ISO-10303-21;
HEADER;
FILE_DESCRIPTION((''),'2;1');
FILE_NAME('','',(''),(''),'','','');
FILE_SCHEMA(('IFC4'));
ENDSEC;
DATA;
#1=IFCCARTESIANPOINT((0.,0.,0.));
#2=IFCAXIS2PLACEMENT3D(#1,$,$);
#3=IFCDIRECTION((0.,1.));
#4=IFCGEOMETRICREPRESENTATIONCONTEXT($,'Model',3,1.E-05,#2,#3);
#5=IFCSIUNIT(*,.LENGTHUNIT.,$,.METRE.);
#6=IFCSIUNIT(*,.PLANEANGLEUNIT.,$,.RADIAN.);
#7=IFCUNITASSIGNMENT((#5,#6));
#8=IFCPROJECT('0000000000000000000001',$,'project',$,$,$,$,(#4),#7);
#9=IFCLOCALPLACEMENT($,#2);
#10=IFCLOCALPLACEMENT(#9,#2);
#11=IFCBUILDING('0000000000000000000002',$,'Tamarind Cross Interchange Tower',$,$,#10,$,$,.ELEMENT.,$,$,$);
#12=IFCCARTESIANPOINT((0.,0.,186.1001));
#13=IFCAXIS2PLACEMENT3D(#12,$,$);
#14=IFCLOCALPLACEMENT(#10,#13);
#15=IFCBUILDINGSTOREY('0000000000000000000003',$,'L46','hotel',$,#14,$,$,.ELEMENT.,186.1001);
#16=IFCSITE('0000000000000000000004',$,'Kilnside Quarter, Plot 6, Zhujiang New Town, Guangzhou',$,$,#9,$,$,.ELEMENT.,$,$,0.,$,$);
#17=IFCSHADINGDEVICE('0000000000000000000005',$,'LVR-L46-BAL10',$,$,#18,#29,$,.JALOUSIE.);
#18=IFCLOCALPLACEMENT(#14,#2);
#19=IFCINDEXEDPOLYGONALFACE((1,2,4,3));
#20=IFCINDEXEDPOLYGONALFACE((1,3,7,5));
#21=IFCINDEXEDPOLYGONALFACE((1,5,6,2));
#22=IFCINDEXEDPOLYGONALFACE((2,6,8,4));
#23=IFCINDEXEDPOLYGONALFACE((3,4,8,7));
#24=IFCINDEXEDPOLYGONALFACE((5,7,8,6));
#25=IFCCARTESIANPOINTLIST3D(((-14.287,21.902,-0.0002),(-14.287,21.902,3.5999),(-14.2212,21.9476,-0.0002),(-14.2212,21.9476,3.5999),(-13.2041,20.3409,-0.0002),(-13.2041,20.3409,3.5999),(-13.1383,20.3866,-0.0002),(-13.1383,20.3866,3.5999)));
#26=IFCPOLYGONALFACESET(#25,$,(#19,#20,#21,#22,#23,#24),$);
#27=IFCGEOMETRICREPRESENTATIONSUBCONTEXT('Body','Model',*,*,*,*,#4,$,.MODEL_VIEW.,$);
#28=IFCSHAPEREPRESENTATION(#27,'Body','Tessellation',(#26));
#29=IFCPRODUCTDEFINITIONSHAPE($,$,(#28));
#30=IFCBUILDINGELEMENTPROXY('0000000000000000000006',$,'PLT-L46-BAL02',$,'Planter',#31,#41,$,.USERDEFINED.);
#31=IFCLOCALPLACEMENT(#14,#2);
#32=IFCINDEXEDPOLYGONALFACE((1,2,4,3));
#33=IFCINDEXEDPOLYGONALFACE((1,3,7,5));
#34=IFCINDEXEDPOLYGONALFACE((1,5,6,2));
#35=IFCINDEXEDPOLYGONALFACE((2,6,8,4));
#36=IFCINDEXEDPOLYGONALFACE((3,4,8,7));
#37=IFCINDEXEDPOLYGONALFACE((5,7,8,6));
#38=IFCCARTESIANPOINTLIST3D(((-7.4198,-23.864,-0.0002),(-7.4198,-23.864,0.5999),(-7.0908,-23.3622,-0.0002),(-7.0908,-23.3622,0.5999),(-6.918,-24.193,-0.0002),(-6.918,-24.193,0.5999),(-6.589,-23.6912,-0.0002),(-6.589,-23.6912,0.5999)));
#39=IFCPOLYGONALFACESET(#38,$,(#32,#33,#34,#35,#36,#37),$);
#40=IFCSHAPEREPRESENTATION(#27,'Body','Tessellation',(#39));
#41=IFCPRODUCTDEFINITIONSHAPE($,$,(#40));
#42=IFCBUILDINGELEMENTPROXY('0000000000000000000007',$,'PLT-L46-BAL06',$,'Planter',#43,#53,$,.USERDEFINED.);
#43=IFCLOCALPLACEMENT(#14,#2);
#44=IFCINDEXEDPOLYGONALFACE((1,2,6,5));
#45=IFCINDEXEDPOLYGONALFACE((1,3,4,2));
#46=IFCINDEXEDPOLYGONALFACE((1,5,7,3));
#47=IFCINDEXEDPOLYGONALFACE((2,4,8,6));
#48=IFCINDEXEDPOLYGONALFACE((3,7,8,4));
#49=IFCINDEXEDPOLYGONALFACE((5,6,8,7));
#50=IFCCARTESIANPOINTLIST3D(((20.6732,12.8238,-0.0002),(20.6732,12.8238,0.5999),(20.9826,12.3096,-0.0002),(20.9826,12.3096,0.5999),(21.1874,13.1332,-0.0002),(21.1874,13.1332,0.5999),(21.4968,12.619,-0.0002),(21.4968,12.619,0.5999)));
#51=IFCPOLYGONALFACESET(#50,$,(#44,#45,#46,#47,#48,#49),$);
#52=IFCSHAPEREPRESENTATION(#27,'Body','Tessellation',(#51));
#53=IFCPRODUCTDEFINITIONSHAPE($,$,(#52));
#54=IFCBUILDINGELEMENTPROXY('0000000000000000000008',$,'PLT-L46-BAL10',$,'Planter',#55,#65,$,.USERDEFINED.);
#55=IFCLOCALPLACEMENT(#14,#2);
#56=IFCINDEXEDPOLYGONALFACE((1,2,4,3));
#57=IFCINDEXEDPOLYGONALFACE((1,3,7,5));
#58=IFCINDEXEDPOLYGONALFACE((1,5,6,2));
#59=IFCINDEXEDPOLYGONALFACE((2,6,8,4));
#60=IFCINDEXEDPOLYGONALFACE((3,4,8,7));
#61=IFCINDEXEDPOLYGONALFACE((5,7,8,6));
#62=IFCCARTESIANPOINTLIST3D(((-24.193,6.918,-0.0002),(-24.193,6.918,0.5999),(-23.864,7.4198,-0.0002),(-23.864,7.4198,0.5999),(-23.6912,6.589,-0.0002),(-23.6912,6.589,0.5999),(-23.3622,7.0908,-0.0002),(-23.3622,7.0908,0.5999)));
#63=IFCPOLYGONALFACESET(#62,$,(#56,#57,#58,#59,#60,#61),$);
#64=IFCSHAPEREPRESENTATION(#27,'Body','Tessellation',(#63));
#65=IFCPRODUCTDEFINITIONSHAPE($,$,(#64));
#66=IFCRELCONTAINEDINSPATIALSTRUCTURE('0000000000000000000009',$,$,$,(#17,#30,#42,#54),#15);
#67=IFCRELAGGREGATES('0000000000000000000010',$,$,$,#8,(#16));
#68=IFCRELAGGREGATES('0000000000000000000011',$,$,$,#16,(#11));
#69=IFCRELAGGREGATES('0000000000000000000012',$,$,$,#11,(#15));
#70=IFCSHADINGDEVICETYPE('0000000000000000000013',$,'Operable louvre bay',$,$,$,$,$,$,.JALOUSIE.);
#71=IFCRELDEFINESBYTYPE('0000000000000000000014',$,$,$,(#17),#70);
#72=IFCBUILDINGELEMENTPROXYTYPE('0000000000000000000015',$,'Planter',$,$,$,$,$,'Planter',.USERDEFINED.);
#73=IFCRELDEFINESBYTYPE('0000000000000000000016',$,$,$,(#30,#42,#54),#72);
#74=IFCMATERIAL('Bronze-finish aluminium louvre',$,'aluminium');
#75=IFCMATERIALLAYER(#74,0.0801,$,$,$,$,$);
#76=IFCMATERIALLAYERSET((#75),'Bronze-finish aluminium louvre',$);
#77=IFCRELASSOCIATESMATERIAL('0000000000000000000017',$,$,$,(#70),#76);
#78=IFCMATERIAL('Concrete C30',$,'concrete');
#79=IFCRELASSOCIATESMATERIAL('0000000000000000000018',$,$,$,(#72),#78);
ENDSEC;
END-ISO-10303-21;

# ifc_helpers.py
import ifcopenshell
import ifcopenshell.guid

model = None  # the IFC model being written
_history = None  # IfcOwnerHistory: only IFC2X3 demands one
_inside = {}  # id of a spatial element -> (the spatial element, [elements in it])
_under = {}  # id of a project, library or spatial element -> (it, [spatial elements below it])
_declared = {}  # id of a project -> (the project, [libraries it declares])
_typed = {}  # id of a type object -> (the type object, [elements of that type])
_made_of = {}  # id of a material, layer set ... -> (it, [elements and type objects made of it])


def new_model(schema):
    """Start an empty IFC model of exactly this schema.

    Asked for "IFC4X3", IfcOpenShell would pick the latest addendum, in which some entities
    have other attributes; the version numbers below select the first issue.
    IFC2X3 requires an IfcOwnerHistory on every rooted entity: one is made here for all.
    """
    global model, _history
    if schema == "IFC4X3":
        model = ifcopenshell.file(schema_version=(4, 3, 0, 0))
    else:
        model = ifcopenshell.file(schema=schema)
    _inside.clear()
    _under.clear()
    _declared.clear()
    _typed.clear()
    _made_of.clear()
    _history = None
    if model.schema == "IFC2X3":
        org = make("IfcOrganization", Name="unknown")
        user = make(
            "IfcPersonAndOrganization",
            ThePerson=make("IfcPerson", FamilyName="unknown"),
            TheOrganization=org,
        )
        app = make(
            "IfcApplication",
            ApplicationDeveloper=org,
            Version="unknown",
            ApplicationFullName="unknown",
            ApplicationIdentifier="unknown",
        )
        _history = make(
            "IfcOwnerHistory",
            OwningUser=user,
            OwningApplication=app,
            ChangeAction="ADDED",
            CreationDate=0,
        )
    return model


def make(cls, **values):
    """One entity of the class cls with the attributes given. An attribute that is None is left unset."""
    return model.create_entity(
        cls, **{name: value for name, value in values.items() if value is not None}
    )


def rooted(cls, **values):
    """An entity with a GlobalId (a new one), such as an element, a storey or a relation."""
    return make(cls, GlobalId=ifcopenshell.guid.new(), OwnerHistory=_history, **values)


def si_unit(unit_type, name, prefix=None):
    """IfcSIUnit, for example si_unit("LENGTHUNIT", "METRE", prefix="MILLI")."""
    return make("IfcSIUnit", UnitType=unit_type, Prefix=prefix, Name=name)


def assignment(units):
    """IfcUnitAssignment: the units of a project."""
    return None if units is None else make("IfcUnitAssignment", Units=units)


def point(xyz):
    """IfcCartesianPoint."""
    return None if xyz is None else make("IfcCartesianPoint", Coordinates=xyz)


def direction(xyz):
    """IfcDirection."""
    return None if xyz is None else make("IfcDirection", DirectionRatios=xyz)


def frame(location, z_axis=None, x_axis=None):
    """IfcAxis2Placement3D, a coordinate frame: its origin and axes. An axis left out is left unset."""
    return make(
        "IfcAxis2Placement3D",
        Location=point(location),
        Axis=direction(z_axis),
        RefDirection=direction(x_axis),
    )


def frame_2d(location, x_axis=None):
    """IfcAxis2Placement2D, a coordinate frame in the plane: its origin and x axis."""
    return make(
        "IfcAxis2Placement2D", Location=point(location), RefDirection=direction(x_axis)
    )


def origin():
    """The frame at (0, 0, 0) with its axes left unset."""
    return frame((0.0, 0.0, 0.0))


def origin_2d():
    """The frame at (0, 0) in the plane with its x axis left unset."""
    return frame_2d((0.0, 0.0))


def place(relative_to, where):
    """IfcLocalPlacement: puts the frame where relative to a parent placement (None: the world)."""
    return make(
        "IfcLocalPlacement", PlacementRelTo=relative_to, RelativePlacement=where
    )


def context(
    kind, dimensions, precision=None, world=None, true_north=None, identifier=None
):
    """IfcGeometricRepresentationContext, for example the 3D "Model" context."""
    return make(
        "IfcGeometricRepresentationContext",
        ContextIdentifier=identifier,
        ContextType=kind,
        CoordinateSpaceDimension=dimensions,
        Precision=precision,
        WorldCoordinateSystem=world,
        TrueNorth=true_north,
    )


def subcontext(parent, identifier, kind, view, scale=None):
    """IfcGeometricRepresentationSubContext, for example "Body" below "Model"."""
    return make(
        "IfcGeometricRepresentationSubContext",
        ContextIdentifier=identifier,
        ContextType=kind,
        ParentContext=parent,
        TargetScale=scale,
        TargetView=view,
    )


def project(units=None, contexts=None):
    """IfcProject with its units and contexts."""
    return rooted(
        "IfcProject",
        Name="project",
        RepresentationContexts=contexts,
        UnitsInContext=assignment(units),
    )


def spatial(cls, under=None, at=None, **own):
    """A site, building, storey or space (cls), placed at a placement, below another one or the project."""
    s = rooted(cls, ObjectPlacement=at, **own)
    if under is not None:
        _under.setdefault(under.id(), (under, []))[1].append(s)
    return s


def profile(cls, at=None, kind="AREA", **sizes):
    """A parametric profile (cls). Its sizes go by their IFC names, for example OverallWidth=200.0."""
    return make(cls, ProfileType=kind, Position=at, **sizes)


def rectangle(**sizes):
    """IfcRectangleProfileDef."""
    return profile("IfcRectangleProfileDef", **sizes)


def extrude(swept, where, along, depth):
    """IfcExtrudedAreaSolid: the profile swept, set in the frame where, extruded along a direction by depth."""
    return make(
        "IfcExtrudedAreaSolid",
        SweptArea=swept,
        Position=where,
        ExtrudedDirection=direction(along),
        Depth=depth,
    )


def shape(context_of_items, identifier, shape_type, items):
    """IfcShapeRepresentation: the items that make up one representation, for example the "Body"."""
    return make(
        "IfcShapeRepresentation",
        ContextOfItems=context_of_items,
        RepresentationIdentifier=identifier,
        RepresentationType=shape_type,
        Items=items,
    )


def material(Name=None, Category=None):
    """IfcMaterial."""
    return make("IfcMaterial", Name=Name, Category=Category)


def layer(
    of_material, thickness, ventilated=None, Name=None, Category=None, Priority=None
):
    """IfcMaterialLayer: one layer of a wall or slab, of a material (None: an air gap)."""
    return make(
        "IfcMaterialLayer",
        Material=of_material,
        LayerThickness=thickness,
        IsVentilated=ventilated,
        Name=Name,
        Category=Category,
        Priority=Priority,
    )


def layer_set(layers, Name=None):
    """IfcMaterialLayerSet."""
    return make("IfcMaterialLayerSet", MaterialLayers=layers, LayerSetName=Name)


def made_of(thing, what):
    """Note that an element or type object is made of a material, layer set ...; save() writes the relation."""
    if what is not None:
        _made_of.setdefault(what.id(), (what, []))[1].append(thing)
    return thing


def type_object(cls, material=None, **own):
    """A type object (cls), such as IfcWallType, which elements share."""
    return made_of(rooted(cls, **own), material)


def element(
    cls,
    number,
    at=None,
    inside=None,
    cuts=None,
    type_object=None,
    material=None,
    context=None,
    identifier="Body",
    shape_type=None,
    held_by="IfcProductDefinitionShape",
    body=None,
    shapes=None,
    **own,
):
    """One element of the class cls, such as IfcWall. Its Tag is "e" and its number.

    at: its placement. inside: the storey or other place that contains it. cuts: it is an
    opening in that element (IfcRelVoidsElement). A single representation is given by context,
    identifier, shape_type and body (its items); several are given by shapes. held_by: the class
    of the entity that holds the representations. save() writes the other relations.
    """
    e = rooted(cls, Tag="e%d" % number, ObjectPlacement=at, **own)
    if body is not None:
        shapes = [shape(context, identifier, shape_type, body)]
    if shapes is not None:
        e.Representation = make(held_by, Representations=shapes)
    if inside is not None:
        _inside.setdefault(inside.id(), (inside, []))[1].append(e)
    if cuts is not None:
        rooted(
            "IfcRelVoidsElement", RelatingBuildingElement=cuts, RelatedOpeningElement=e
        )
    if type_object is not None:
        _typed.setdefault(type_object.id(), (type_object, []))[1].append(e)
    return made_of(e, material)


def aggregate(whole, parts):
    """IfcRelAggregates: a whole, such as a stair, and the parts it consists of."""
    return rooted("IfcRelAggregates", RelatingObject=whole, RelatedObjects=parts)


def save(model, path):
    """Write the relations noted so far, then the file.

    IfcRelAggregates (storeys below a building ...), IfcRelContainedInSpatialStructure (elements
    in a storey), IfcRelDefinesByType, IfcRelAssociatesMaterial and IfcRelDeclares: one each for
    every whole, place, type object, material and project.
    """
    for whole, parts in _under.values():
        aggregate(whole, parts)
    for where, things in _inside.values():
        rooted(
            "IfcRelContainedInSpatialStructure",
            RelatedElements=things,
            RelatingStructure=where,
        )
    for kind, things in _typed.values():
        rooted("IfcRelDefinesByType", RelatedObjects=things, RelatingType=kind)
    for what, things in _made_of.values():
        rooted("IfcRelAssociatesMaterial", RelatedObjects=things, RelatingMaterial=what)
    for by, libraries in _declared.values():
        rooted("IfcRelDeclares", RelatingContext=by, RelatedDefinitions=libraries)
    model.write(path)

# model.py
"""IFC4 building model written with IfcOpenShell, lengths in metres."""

from ifc_helpers import new_model, si_unit, direction, frame, origin, origin_2d, place, context, subcontext, project, spatial, rectangle, extrude, material, layer, layer_set, type_object, element, save


model = new_model("IFC4")

# Units and contexts
model_context = context("Model", 3, precision=1e-05, world=origin(), true_north=direction((0.0, 1.0)))
body_context = subcontext(model_context, "Body", "Model", "MODEL_VIEW")
ifc_project = project(units=[si_unit("LENGTHUNIT", "METRE"), si_unit("PLANEANGLEUNIT", "RADIAN")], contexts=[model_context])

# Site, building, storey
site_placement = place(None, origin())
site = spatial("IfcSite", under=ifc_project, at=site_placement, Name="Kilnside Quarter, Plot 6, Zhujiang New Town, Guangzhou", CompositionType="ELEMENT", RefElevation=0.0)
building_placement = place(site_placement, origin())
building = spatial("IfcBuilding", under=site, at=building_placement, Name="Tamarind Cross Interchange Tower", CompositionType="ELEMENT")
storey_placement = place(building_placement, frame((0.0, 0.0, 186.1001)))
storey = spatial("IfcBuildingStorey", under=building, at=storey_placement, Name="L46", Description="hotel", CompositionType="ELEMENT", Elevation=186.1001)

# Shading device
ifc_material_1 = material(Name="Bronze-finish aluminium louvre", Category="aluminium")
ifc_layer_1 = layer(ifc_material_1, 0.0801)
ifc_layer_set_1 = layer_set([ifc_layer_1], Name="Bronze-finish aluminium louvre")
shading_device_type = type_object("IfcShadingDeviceType", Name="Operable louvre bay", PredefinedType="JALOUSIE", material=ifc_layer_set_1)
shading_device_1_placement = place(storey_placement, origin())
element("IfcShadingDevice", 1, at=shading_device_1_placement, inside=storey, type_object=shading_device_type, Name="LVR-L46-BAL10", PredefinedType="JALOUSIE", context=body_context, shape_type="SweptSolid", body=[
    extrude(rectangle(XDim=1.8999, YDim=0.0801, at=origin_2d()), frame((-13.7126, 21.1443, -0.0002), z_axis=(0.0, 0.0, 1.0), x_axis=(-0.569996, 0.821647, 0.0)), (0.0, 0.0, 1.0), 3.6001),
])

# Building element proxies
ifc_material_2 = material(Name="Concrete C30", Category="concrete")
building_element_proxy_type = type_object("IfcBuildingElementProxyType", Name="Planter", ElementType="Planter", PredefinedType="USERDEFINED", material=ifc_material_2)
proxy_1_placement = place(storey_placement, origin())
element("IfcBuildingElementProxy", 2, at=proxy_1_placement, inside=storey, type_object=building_element_proxy_type, Name="PLT-L46-BAL02", ObjectType="Planter", PredefinedType="USERDEFINED", context=body_context, shape_type="SweptSolid", body=[
    extrude(rectangle(XDim=0.6001, YDim=0.6001, at=origin_2d()), frame((-7.0044, -23.7776, -0.0002), z_axis=(0.0, 0.0, 1.0), x_axis=(0.836309, -0.548258, 0.0)), (0.0, 0.0, 1.0), 0.6001),
])
proxy_2_placement = place(storey_placement, origin())
element("IfcBuildingElementProxy", 3, at=proxy_2_placement, inside=storey, type_object=building_element_proxy_type, Name="PLT-L46-BAL06", ObjectType="Planter", PredefinedType="USERDEFINED", context=body_context, shape_type="SweptSolid", body=[
    extrude(rectangle(XDim=0.6001, YDim=0.6001, at=origin_2d()), frame((21.085, 12.7214, -0.0002), z_axis=(0.0, 0.0, 1.0), x_axis=(-0.515577, 0.856843, 0.0)), (0.0, 0.0, 1.0), 0.6001),
])
proxy_3_placement = place(storey_placement, origin())
element("IfcBuildingElementProxy", 4, at=proxy_3_placement, inside=storey, type_object=building_element_proxy_type, Name="PLT-L46-BAL10", ObjectType="Planter", PredefinedType="USERDEFINED", context=body_context, shape_type="SweptSolid", body=[
    extrude(rectangle(XDim=0.6001, YDim=0.6001, at=origin_2d()), frame((-23.7776, 7.0044, -0.0002), z_axis=(0.0, 0.0, 1.0), x_axis=(-0.548258, -0.836309, 0.0)), (0.0, 0.0, 1.0), 0.6001),
])

save(model, "model.ifc")
